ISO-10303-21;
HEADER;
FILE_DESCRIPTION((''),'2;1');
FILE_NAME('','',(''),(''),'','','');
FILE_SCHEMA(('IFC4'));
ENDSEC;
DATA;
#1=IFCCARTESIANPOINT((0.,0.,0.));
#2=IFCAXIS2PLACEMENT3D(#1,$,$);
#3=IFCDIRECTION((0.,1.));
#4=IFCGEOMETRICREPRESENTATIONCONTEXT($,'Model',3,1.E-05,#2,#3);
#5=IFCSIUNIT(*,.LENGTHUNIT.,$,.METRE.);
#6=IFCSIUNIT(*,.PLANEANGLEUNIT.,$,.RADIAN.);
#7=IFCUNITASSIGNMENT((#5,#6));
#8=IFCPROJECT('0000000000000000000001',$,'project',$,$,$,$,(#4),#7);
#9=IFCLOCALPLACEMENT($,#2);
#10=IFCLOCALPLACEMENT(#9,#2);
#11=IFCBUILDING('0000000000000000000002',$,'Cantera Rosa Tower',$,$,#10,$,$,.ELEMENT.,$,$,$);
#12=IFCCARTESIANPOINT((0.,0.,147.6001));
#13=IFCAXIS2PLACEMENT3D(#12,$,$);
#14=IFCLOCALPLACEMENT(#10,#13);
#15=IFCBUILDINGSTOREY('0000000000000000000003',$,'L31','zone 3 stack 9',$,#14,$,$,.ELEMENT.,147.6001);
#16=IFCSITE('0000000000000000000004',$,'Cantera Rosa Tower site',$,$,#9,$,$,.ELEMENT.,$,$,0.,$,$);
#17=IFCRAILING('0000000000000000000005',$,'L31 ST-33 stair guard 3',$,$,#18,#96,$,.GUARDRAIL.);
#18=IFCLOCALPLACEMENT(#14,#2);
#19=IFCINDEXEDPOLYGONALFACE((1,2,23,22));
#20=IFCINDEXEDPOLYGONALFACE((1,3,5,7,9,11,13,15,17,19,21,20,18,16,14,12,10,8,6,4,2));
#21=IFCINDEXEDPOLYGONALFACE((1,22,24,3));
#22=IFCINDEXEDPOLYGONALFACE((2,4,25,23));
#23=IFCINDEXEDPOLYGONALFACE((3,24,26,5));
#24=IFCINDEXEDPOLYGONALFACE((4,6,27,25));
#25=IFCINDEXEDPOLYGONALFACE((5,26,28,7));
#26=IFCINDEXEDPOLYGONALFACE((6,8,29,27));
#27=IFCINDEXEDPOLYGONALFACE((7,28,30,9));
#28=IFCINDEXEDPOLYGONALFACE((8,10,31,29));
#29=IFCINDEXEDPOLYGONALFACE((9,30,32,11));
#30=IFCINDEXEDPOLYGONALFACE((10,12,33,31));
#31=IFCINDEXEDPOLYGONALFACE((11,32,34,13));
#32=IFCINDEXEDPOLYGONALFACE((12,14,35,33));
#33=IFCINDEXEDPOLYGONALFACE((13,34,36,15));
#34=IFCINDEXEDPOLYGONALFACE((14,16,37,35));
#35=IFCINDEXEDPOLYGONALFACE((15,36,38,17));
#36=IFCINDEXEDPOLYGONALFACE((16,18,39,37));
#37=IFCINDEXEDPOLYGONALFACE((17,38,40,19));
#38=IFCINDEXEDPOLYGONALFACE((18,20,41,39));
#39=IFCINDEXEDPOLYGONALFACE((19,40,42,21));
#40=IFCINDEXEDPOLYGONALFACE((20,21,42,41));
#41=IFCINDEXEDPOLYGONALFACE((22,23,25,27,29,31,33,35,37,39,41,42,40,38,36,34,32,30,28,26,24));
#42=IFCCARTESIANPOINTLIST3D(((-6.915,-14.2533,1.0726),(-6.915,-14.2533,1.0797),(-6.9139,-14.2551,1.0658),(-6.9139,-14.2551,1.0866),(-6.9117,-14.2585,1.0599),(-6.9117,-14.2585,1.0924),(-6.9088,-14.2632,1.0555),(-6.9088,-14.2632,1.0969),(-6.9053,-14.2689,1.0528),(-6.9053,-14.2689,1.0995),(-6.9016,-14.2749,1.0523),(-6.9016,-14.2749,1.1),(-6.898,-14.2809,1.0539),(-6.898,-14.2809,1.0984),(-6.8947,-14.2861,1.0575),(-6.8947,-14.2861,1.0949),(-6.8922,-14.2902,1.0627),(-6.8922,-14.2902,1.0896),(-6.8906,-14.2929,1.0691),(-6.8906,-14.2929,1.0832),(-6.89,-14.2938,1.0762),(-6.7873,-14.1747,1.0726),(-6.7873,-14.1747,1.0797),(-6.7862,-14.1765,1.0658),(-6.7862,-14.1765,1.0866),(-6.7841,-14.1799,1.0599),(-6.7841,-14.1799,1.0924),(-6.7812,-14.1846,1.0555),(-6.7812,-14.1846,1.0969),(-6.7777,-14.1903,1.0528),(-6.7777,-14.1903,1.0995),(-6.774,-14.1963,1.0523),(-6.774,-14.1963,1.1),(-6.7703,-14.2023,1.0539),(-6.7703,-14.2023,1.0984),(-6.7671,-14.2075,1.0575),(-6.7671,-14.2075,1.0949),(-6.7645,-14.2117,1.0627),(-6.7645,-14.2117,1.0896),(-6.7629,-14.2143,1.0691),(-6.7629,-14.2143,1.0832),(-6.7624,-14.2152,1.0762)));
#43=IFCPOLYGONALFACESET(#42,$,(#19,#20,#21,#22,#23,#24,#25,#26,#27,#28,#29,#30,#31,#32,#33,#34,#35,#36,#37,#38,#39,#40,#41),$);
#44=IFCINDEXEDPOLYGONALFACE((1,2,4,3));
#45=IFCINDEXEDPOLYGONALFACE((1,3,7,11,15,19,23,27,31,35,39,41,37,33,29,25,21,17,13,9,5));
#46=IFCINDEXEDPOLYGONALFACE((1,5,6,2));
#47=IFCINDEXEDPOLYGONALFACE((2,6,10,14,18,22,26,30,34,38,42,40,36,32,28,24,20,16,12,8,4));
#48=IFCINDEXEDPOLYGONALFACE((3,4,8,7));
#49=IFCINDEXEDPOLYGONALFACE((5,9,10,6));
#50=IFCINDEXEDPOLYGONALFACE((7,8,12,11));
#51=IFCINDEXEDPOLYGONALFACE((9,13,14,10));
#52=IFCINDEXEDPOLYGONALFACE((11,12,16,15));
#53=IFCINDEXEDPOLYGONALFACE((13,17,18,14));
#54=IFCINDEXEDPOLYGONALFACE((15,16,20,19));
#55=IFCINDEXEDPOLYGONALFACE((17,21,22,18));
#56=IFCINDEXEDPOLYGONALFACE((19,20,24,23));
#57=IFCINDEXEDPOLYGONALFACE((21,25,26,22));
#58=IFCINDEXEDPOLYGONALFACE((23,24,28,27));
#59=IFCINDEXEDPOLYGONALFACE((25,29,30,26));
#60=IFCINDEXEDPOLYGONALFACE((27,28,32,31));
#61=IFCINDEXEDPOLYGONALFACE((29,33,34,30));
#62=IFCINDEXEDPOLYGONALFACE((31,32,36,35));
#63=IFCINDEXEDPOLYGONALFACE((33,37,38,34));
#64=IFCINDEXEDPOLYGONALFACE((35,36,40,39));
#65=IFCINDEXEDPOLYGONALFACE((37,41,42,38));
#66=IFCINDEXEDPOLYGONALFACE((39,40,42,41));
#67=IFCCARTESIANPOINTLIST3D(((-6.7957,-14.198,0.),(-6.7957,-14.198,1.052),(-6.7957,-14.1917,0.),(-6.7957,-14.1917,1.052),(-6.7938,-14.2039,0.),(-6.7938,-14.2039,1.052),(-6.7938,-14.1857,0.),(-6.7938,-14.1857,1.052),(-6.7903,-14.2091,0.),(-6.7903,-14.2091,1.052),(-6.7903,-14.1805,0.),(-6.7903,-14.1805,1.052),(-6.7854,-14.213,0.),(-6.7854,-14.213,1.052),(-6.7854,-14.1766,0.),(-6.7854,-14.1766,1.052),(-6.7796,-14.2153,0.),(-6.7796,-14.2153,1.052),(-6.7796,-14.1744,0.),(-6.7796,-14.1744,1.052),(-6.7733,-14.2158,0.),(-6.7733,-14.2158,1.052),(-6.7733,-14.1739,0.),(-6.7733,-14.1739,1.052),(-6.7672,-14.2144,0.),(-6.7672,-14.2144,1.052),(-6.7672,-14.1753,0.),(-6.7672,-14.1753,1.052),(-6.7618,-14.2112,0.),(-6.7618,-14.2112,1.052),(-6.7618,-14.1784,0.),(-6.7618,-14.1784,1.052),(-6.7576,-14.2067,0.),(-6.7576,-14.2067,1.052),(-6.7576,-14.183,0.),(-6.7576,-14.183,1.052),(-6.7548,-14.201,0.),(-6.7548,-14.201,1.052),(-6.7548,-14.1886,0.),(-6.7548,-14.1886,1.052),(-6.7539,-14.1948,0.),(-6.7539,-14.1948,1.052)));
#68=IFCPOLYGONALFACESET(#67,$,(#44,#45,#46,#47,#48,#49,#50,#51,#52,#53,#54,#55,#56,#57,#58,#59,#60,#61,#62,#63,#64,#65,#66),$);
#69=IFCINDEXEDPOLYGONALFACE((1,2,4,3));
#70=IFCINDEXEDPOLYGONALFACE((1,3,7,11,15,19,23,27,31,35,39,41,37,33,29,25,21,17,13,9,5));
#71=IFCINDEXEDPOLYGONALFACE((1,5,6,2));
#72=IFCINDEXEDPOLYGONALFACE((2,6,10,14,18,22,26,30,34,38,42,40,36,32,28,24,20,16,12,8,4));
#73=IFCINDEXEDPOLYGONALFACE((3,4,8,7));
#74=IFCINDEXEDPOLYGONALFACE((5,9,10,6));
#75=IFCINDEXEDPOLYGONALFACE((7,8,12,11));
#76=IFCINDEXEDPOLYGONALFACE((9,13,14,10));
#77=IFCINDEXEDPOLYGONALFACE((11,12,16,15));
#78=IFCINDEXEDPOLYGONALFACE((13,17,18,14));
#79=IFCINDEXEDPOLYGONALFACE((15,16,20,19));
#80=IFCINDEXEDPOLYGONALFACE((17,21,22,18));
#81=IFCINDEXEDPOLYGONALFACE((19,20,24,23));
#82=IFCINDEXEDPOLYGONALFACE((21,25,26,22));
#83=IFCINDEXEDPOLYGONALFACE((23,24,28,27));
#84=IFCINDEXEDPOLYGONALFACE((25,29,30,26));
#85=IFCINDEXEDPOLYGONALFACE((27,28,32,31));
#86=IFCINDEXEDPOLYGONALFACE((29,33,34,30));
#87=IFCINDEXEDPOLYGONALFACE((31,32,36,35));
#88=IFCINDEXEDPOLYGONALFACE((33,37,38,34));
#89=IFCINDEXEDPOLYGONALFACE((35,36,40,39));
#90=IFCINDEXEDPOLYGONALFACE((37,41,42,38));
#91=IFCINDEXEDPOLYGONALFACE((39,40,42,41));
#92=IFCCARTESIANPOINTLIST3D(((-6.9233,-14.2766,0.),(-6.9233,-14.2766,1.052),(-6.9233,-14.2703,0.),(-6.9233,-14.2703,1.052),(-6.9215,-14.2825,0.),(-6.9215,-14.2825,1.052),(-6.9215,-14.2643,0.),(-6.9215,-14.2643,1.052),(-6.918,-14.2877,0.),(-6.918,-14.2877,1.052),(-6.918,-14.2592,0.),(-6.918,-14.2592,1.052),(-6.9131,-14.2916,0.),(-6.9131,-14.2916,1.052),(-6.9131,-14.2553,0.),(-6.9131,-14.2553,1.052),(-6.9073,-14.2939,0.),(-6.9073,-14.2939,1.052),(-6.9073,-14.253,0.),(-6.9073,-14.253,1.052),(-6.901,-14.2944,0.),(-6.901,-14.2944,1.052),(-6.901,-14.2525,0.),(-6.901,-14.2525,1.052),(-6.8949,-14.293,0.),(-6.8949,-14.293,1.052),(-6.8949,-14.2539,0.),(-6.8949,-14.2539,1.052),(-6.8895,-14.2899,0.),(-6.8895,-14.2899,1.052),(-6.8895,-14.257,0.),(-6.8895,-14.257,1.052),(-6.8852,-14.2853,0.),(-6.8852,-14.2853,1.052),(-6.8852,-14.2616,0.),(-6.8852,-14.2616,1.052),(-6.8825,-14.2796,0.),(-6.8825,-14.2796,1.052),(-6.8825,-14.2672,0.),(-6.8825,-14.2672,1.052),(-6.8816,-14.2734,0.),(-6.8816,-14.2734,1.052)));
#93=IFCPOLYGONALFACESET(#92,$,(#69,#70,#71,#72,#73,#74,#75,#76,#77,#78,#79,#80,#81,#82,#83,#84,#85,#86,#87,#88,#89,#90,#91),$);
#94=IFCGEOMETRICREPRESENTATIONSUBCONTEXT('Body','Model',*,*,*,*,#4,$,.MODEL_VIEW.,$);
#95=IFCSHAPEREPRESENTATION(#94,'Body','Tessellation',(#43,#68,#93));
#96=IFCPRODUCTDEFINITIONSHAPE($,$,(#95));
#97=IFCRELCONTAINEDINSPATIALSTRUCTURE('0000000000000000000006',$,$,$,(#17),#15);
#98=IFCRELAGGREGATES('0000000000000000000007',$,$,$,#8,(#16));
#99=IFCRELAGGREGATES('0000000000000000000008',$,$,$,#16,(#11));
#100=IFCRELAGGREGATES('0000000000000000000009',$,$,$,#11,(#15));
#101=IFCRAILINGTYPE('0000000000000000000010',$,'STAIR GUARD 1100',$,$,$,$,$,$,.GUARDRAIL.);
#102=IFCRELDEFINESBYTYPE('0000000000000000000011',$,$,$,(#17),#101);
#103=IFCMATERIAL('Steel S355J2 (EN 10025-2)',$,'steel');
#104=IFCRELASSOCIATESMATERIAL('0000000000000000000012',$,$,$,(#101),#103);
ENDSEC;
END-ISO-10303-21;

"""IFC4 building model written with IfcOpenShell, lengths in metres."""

from ifc_helpers import new_model, si_unit, direction, frame, origin, origin_2d, place, context, subcontext, project, spatial, circle, extrude, material, type_object, element, save


model = new_model("IFC4")

# Units and contexts
model_context = context("Model", 3, precision=1e-05, world=origin(), true_north=direction((0.0, 1.0)))
body_context = subcontext(model_context, "Body", "Model", "MODEL_VIEW")
ifc_project = project(units=[si_unit("LENGTHUNIT", "METRE"), si_unit("PLANEANGLEUNIT", "RADIAN")], contexts=[model_context])

# Site, building, storey
site_placement = place(None, origin())
site = spatial("IfcSite", under=ifc_project, at=site_placement, Name="Cantera Rosa Tower site", CompositionType="ELEMENT", RefElevation=0.0)
building_placement = place(site_placement, origin())
building = spatial("IfcBuilding", under=site, at=building_placement, Name="Cantera Rosa Tower", CompositionType="ELEMENT")
storey_placement = place(building_placement, frame((0.0, 0.0, 147.6001)))
storey = spatial("IfcBuildingStorey", under=building, at=storey_placement, Name="L31", Description="zone 3 stack 9", CompositionType="ELEMENT", Elevation=147.6001)

# Railing
ifc_material_1 = material(Name="Steel S355J2 (EN 10025-2)", Category="steel")
railing_type = type_object("IfcRailingType", Name="STAIR GUARD 1100", PredefinedType="GUARDRAIL", material=ifc_material_1)
railing_1_placement = place(storey_placement, frame((-6.7749, -14.1948, 0.0)))
element("IfcRailing", 1, at=railing_1_placement, inside=storey, type_object=railing_type, Name="L31 ST-33 stair guard 3", PredefinedType="GUARDRAIL", context=body_context, shape_type="SweptSolid", body=[
    extrude(circle(Radius=0.0239, at=origin_2d()), frame((0.0, 0.0, 1.0762), z_axis=(-0.851546, -0.524279, 0.0), x_axis=(0.524279, -0.851546, 0.0)), (0.0, 0.0, 1.0), 0.1499),
    extrude(circle(Radius=0.021, at=origin_2d()), origin(), (0.0, 0.0, 1.0), 1.052),
    extrude(circle(Radius=0.021, at=origin_2d()), frame((-0.1277, -0.0786, 0.0)), (0.0, 0.0, 1.0), 1.052),
])

save(model, "model.ifc")
